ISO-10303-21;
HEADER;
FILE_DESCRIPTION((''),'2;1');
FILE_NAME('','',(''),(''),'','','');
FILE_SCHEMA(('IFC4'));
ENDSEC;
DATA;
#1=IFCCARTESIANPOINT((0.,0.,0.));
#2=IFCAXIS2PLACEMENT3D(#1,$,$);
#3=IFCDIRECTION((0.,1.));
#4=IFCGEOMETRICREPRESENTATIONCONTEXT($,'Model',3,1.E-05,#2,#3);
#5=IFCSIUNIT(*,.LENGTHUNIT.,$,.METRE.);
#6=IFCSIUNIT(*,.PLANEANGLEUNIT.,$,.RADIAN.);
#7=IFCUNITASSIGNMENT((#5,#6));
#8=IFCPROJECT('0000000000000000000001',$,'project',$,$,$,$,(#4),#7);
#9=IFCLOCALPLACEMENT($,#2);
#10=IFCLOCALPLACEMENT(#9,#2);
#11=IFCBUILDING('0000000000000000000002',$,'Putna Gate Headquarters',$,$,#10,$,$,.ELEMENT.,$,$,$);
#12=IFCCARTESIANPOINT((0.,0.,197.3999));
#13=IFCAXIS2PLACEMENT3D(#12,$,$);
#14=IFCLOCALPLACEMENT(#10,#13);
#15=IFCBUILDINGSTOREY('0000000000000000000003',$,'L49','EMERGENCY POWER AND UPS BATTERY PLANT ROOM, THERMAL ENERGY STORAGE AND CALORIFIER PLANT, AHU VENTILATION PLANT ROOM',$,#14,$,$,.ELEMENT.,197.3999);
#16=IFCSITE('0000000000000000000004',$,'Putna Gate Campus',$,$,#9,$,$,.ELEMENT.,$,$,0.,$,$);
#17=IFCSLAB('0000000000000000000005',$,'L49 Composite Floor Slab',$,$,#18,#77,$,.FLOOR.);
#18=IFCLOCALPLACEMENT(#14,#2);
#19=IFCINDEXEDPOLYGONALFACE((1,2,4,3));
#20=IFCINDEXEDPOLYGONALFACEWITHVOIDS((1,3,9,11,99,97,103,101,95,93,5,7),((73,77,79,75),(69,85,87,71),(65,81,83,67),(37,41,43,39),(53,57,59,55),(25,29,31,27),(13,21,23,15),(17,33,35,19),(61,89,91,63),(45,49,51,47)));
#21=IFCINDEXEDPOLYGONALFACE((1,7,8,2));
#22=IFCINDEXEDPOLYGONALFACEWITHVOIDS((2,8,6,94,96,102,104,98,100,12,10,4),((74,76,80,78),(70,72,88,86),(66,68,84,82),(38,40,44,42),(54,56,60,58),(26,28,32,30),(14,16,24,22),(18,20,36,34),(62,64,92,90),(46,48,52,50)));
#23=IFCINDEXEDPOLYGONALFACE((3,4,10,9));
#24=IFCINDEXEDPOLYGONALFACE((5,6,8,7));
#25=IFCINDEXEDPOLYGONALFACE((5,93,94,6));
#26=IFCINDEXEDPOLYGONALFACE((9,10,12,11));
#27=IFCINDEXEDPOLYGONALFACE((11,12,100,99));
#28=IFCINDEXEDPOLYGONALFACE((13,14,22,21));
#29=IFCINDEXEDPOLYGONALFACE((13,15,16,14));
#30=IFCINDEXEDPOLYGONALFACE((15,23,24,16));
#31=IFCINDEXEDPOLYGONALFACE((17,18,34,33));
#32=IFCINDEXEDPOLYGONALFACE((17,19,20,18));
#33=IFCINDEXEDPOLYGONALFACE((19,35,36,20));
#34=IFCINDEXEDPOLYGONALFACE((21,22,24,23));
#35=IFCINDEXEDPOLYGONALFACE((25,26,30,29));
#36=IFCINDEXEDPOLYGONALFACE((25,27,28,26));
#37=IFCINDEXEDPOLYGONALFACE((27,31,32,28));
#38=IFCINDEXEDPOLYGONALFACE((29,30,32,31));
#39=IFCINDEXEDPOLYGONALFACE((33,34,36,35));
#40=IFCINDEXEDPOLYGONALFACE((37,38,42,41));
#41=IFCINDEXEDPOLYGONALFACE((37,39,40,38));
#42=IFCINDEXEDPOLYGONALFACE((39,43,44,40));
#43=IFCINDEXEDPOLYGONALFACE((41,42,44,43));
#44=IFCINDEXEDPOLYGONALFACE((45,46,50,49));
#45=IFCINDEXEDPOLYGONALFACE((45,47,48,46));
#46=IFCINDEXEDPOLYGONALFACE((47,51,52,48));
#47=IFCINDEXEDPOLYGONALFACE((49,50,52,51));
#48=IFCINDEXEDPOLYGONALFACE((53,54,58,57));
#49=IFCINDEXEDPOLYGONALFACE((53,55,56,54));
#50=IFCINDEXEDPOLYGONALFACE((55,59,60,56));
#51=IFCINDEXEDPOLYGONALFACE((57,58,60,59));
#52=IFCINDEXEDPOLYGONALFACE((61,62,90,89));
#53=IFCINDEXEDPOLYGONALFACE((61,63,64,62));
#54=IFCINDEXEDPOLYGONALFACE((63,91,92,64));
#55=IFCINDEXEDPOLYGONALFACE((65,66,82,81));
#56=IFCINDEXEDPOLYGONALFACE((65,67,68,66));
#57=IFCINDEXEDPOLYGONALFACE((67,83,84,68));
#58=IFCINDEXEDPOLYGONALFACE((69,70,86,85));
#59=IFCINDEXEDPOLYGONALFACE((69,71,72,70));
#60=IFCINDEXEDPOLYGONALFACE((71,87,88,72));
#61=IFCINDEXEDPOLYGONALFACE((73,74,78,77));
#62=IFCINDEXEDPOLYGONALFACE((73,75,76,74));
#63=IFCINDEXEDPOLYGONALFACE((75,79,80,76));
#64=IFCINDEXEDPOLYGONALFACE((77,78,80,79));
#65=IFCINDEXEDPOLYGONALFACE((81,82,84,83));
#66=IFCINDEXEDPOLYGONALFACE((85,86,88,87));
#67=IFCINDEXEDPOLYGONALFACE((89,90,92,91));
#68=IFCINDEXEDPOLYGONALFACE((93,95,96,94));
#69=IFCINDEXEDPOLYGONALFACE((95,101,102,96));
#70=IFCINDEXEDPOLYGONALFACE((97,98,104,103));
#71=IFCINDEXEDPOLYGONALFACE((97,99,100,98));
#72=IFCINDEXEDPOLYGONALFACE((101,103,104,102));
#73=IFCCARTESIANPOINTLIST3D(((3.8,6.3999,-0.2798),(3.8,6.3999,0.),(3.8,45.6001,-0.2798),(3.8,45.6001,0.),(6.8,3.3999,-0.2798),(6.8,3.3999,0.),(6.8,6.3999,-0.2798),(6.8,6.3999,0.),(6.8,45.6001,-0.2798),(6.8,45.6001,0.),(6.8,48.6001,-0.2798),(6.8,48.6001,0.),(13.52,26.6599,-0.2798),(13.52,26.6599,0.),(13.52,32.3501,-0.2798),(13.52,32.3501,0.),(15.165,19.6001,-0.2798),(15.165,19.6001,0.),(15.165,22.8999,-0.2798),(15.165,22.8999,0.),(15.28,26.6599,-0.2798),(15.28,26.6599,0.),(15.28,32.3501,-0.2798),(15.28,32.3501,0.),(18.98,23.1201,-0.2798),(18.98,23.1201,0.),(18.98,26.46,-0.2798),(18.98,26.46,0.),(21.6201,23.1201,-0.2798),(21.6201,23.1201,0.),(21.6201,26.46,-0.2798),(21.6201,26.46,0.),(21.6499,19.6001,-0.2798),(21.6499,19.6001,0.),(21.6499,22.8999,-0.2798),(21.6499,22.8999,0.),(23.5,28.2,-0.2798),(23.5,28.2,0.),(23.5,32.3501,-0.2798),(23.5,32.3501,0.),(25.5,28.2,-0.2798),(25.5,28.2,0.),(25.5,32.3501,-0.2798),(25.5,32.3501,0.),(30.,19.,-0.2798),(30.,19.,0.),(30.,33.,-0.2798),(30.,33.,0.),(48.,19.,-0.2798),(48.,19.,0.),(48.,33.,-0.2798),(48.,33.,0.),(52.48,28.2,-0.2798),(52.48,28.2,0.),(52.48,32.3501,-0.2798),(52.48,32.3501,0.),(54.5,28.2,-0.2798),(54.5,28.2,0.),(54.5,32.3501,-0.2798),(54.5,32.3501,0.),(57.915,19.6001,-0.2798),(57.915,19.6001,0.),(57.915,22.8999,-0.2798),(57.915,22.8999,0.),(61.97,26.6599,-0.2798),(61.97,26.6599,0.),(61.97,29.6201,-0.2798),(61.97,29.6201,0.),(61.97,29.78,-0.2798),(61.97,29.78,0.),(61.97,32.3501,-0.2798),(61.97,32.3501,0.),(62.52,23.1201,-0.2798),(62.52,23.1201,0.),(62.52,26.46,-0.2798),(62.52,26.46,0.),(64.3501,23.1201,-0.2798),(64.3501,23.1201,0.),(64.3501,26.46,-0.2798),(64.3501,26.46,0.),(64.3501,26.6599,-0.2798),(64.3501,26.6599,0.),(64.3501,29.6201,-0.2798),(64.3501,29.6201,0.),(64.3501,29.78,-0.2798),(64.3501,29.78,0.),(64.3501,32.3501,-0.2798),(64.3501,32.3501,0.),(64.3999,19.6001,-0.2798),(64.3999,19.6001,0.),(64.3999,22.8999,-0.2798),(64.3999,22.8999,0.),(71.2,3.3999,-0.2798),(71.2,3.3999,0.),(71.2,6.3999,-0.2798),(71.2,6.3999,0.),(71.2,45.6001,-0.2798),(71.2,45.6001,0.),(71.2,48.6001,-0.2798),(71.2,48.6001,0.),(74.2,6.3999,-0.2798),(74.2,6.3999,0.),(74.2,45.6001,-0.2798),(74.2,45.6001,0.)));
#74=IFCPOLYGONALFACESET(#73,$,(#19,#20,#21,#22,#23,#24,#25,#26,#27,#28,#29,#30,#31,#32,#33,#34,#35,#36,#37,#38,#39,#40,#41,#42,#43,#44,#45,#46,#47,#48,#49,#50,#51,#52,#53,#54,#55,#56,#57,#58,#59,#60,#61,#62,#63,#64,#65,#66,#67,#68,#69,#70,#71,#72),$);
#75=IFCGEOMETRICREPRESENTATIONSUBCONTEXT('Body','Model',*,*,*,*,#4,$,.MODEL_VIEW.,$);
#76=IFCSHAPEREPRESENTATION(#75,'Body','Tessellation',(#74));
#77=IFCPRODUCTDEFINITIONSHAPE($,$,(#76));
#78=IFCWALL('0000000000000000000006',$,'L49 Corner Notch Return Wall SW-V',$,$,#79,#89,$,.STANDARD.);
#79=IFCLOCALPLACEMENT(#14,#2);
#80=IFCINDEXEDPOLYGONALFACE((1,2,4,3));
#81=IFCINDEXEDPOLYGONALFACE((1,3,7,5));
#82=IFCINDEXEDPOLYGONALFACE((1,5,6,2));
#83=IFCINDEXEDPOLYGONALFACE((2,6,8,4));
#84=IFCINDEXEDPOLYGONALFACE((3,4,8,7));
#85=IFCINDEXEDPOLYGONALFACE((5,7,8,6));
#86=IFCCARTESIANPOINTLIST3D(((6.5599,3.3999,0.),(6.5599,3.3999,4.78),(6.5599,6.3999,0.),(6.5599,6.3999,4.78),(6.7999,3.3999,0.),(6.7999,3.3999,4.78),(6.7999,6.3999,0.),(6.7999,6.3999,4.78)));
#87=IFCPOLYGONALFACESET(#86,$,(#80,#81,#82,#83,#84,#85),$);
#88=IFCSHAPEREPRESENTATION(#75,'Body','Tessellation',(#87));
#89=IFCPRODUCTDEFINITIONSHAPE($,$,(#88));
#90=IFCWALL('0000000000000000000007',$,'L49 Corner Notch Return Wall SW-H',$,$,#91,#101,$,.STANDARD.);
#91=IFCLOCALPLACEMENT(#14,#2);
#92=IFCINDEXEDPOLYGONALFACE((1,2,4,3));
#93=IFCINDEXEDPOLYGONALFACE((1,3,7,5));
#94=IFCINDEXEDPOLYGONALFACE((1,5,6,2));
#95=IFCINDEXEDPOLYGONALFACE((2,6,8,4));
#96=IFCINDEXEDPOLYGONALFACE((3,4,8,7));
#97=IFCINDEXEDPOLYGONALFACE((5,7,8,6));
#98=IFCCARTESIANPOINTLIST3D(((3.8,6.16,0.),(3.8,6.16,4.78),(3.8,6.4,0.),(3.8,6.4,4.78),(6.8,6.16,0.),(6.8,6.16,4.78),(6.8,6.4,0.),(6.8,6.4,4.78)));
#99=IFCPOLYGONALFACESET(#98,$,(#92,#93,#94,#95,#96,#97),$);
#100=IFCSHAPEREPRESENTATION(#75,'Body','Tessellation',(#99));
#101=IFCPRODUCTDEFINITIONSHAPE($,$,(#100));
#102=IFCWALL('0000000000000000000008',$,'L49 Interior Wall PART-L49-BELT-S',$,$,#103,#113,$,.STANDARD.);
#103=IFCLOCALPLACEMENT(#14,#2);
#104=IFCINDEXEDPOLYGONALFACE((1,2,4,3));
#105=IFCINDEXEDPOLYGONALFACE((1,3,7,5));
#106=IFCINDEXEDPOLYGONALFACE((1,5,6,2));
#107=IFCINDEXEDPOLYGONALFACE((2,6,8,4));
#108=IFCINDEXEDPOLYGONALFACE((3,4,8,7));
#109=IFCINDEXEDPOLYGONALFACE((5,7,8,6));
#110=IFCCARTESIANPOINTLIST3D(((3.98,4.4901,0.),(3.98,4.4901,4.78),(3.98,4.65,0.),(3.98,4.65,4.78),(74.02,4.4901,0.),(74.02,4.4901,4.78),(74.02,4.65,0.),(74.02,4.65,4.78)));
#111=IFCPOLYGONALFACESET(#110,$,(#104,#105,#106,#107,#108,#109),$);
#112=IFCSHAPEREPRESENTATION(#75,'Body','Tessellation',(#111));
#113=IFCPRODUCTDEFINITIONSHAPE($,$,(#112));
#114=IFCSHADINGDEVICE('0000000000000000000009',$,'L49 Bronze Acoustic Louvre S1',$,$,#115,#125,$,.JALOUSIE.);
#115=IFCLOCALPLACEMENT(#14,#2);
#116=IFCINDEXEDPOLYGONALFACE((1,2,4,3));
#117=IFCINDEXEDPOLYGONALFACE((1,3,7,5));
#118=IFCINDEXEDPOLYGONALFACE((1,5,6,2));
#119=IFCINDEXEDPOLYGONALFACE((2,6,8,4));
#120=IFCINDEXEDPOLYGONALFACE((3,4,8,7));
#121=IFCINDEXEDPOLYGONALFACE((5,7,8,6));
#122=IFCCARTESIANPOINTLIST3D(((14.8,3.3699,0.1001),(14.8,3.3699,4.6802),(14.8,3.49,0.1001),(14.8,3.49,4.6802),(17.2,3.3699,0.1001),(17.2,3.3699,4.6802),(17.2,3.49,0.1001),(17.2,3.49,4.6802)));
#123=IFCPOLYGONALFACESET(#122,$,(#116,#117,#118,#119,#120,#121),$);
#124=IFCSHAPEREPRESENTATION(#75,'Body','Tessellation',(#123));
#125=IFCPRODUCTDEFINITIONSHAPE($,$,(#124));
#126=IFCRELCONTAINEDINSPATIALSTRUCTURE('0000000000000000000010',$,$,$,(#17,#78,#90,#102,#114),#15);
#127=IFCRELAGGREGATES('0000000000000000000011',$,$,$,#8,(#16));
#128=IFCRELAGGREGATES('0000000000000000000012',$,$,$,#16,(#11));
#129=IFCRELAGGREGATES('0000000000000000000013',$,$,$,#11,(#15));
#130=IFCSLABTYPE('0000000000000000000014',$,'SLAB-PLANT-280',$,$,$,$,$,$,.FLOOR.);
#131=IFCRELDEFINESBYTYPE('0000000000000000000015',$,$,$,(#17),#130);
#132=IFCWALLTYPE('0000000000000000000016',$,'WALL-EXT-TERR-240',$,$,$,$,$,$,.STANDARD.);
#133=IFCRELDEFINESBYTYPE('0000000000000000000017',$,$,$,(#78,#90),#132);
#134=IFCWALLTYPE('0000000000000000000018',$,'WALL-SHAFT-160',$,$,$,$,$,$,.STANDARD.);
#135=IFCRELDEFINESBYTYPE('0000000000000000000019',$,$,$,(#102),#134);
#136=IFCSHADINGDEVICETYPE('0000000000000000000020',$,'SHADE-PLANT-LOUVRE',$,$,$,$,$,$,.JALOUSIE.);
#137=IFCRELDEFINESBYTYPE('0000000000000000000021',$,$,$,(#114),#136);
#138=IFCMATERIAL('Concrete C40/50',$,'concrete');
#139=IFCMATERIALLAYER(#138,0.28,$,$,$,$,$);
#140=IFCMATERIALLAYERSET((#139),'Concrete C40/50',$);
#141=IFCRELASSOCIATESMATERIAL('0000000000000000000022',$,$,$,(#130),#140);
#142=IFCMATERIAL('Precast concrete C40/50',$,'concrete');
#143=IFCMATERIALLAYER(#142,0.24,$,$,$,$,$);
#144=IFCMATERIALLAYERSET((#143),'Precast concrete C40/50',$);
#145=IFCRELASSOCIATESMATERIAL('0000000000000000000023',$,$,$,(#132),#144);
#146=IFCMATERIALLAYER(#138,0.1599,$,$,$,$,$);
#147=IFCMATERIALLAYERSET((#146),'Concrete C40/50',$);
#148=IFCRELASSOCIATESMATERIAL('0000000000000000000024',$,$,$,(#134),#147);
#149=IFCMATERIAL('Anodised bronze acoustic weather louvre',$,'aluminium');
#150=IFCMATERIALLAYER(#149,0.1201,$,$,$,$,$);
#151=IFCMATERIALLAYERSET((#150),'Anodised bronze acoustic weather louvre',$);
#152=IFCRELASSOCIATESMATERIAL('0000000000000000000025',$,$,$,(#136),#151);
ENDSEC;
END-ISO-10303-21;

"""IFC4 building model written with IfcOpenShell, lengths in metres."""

from ifc_helpers import new_model, si_unit, direction, frame, frame_2d, origin, origin_2d, place, context, subcontext, project, spatial, polyline, rectangle, outline, extrude, material, layer, layer_set, type_object, element, save


model = new_model("IFC4")

# Units and contexts
model_context = context("Model", 3, precision=1e-05, world=origin(), true_north=direction((0.0, 1.0)))
body_context = subcontext(model_context, "Body", "Model", "MODEL_VIEW")
ifc_project = project(units=[si_unit("LENGTHUNIT", "METRE"), si_unit("PLANEANGLEUNIT", "RADIAN")], contexts=[model_context])

# Site, building, storey
site_placement = place(None, origin())
site = spatial("IfcSite", under=ifc_project, at=site_placement, Name="Putna Gate Campus", CompositionType="ELEMENT", RefElevation=0.0)
building_placement = place(site_placement, origin())
building = spatial("IfcBuilding", under=site, at=building_placement, Name="Putna Gate Headquarters", CompositionType="ELEMENT")
storey_placement = place(building_placement, frame((0.0, 0.0, 197.3999)))
storey = spatial("IfcBuildingStorey", under=building, at=storey_placement, Name="L49", Description="EMERGENCY POWER AND UPS BATTERY PLANT ROOM, THERMAL ENERGY STORAGE AND CALORIFIER PLANT, AHU VENTILATION PLANT ROOM", CompositionType="ELEMENT", Elevation=197.3999)

# Shared definitions
ifc_material_1 = material(Name="Concrete C40/50", Category="concrete")

# Slab
ifc_layer_1 = layer(ifc_material_1, 0.28)
ifc_layer_set_1 = layer_set([ifc_layer_1], Name="Concrete C40/50")
slab_type_1 = type_object("IfcSlabType", Name="SLAB-PLANT-280", PredefinedType="FLOOR", material=ifc_layer_set_1)
slab_1_placement = place(storey_placement, frame((0.0, 0.0, -0.2798)))
element("IfcSlab", 1, at=slab_1_placement, inside=storey, type_object=slab_type_1, Name="L49 Composite Floor Slab", PredefinedType="FLOOR", context=body_context, shape_type="SweptSolid", body=[
    extrude(outline(polyline([(6.8, 3.3999), (71.2, 3.3999), (71.2, 6.3999), (74.2, 6.3999), (74.2, 45.6001), (71.2, 45.6001), (71.2, 48.6001), (6.8, 48.6001), (6.8, 45.6001), (3.8, 45.6001), (3.8, 6.3999), (6.8, 6.3999), (6.8, 3.3999)]), holes=[polyline([(15.165, 19.6001), (21.6499, 19.6001), (21.6499, 22.8999), (15.165, 22.8999), (15.165, 19.6001)]), polyline([(57.915, 19.6001), (64.3999, 19.6001), (64.3999, 22.8999), (57.915, 22.8999), (57.915, 19.6001)]), polyline([(13.52, 26.6599), (15.28, 26.6599), (15.28, 32.3501), (13.52, 32.3501), (13.52, 26.6599)]), polyline([(61.97, 29.78), (64.3501, 29.78), (64.3501, 32.3501), (61.97, 32.3501), (61.97, 29.78)]), polyline([(18.98, 23.1201), (21.6201, 23.1201), (21.6201, 26.46), (18.98, 26.46), (18.98, 23.1201)]), polyline([(62.52, 23.1201), (64.3501, 23.1201), (64.3501, 26.46), (62.52, 26.46), (62.52, 23.1201)]), polyline([(61.97, 26.6599), (64.3501, 26.6599), (64.3501, 29.6201), (61.97, 29.6201), (61.97, 26.6599)]), polyline([(23.5, 28.2), (25.5, 28.2), (25.5, 32.3501), (23.5, 32.3501), (23.5, 28.2)]), polyline([(52.48, 28.2), (54.5, 28.2), (54.5, 32.3501), (52.48, 32.3501), (52.48, 28.2)]), polyline([(30.0, 19.0), (48.0, 19.0), (48.0, 33.0), (30.0, 33.0), (30.0, 19.0)])]), origin(), (0.0, 0.0, 1.0), 0.2798),
])

# Walls
ifc_material_2 = material(Name="Precast concrete C40/50", Category="concrete")
ifc_layer_2 = layer(ifc_material_2, 0.24)
ifc_layer_set_2 = layer_set([ifc_layer_2], Name="Precast concrete C40/50")
wall_type_1 = type_object("IfcWallType", Name="WALL-EXT-TERR-240", PredefinedType="STANDARD", material=ifc_layer_set_2)
for number, where, z_axis, x_axis, name in (
    (2, (6.6799, 3.3999, 0.0), (0.0, 0.0, 1.0), (0.0, 1.0, 0.0), "L49 Corner Notch Return Wall SW-V"),
    (3, (6.8, 6.28, 0.0), (0.0, 0.0, 1.0), (-1.0, 0.0, 0.0), "L49 Corner Notch Return Wall SW-H"),
):
    element("IfcWall", number, at=place(storey_placement, frame(where, z_axis=z_axis, x_axis=x_axis)), inside=storey, type_object=wall_type_1, Name=name, PredefinedType="STANDARD", context=body_context, shape_type="SweptSolid", body=[
        extrude(rectangle(XDim=3.0, YDim=0.24, at=frame_2d((1.5, 0.0))), origin(), (0.0, 0.0, 1.0), 4.78),
    ])
ifc_layer_3 = layer(ifc_material_1, 0.1599)
ifc_layer_set_3 = layer_set([ifc_layer_3], Name="Concrete C40/50")
wall_type_2 = type_object("IfcWallType", Name="WALL-SHAFT-160", PredefinedType="STANDARD", material=ifc_layer_set_3)
wall_placement = place(storey_placement, frame((3.98, 4.5701, 0.0), z_axis=(0.0, 0.0, 1.0), x_axis=(1.0, 0.0, 0.0)))
element("IfcWall", 4, at=wall_placement, inside=storey, type_object=wall_type_2, Name="L49 Interior Wall PART-L49-BELT-S", PredefinedType="STANDARD", context=body_context, shape_type="SweptSolid", body=[
    extrude(rectangle(XDim=70.04, YDim=0.1599, at=frame_2d((35.02, 0.0))), origin(), (0.0, 0.0, 1.0), 4.78),
])

# Shading device
ifc_material_3 = material(Name="Anodised bronze acoustic weather louvre", Category="aluminium")
ifc_layer_4 = layer(ifc_material_3, 0.1201)
ifc_layer_set_4 = layer_set([ifc_layer_4], Name="Anodised bronze acoustic weather louvre")
shading_device_type = type_object("IfcShadingDeviceType", Name="SHADE-PLANT-LOUVRE", PredefinedType="JALOUSIE", material=ifc_layer_set_4)
shading_device_placement = place(storey_placement, frame((16.0, 3.4299, 0.1001), z_axis=(0.0, 0.0, 1.0), x_axis=(1.0, 0.0, 0.0)))
element("IfcShadingDevice", 5, at=shading_device_placement, inside=storey, type_object=shading_device_type, Name="L49 Bronze Acoustic Louvre S1", PredefinedType="JALOUSIE", context=body_context, shape_type="SweptSolid", body=[
    extrude(rectangle(XDim=2.3999, YDim=0.1201, at=origin_2d()), origin(), (0.0, 0.0, 1.0), 4.5801),
])

save(model, "model.ifc")
